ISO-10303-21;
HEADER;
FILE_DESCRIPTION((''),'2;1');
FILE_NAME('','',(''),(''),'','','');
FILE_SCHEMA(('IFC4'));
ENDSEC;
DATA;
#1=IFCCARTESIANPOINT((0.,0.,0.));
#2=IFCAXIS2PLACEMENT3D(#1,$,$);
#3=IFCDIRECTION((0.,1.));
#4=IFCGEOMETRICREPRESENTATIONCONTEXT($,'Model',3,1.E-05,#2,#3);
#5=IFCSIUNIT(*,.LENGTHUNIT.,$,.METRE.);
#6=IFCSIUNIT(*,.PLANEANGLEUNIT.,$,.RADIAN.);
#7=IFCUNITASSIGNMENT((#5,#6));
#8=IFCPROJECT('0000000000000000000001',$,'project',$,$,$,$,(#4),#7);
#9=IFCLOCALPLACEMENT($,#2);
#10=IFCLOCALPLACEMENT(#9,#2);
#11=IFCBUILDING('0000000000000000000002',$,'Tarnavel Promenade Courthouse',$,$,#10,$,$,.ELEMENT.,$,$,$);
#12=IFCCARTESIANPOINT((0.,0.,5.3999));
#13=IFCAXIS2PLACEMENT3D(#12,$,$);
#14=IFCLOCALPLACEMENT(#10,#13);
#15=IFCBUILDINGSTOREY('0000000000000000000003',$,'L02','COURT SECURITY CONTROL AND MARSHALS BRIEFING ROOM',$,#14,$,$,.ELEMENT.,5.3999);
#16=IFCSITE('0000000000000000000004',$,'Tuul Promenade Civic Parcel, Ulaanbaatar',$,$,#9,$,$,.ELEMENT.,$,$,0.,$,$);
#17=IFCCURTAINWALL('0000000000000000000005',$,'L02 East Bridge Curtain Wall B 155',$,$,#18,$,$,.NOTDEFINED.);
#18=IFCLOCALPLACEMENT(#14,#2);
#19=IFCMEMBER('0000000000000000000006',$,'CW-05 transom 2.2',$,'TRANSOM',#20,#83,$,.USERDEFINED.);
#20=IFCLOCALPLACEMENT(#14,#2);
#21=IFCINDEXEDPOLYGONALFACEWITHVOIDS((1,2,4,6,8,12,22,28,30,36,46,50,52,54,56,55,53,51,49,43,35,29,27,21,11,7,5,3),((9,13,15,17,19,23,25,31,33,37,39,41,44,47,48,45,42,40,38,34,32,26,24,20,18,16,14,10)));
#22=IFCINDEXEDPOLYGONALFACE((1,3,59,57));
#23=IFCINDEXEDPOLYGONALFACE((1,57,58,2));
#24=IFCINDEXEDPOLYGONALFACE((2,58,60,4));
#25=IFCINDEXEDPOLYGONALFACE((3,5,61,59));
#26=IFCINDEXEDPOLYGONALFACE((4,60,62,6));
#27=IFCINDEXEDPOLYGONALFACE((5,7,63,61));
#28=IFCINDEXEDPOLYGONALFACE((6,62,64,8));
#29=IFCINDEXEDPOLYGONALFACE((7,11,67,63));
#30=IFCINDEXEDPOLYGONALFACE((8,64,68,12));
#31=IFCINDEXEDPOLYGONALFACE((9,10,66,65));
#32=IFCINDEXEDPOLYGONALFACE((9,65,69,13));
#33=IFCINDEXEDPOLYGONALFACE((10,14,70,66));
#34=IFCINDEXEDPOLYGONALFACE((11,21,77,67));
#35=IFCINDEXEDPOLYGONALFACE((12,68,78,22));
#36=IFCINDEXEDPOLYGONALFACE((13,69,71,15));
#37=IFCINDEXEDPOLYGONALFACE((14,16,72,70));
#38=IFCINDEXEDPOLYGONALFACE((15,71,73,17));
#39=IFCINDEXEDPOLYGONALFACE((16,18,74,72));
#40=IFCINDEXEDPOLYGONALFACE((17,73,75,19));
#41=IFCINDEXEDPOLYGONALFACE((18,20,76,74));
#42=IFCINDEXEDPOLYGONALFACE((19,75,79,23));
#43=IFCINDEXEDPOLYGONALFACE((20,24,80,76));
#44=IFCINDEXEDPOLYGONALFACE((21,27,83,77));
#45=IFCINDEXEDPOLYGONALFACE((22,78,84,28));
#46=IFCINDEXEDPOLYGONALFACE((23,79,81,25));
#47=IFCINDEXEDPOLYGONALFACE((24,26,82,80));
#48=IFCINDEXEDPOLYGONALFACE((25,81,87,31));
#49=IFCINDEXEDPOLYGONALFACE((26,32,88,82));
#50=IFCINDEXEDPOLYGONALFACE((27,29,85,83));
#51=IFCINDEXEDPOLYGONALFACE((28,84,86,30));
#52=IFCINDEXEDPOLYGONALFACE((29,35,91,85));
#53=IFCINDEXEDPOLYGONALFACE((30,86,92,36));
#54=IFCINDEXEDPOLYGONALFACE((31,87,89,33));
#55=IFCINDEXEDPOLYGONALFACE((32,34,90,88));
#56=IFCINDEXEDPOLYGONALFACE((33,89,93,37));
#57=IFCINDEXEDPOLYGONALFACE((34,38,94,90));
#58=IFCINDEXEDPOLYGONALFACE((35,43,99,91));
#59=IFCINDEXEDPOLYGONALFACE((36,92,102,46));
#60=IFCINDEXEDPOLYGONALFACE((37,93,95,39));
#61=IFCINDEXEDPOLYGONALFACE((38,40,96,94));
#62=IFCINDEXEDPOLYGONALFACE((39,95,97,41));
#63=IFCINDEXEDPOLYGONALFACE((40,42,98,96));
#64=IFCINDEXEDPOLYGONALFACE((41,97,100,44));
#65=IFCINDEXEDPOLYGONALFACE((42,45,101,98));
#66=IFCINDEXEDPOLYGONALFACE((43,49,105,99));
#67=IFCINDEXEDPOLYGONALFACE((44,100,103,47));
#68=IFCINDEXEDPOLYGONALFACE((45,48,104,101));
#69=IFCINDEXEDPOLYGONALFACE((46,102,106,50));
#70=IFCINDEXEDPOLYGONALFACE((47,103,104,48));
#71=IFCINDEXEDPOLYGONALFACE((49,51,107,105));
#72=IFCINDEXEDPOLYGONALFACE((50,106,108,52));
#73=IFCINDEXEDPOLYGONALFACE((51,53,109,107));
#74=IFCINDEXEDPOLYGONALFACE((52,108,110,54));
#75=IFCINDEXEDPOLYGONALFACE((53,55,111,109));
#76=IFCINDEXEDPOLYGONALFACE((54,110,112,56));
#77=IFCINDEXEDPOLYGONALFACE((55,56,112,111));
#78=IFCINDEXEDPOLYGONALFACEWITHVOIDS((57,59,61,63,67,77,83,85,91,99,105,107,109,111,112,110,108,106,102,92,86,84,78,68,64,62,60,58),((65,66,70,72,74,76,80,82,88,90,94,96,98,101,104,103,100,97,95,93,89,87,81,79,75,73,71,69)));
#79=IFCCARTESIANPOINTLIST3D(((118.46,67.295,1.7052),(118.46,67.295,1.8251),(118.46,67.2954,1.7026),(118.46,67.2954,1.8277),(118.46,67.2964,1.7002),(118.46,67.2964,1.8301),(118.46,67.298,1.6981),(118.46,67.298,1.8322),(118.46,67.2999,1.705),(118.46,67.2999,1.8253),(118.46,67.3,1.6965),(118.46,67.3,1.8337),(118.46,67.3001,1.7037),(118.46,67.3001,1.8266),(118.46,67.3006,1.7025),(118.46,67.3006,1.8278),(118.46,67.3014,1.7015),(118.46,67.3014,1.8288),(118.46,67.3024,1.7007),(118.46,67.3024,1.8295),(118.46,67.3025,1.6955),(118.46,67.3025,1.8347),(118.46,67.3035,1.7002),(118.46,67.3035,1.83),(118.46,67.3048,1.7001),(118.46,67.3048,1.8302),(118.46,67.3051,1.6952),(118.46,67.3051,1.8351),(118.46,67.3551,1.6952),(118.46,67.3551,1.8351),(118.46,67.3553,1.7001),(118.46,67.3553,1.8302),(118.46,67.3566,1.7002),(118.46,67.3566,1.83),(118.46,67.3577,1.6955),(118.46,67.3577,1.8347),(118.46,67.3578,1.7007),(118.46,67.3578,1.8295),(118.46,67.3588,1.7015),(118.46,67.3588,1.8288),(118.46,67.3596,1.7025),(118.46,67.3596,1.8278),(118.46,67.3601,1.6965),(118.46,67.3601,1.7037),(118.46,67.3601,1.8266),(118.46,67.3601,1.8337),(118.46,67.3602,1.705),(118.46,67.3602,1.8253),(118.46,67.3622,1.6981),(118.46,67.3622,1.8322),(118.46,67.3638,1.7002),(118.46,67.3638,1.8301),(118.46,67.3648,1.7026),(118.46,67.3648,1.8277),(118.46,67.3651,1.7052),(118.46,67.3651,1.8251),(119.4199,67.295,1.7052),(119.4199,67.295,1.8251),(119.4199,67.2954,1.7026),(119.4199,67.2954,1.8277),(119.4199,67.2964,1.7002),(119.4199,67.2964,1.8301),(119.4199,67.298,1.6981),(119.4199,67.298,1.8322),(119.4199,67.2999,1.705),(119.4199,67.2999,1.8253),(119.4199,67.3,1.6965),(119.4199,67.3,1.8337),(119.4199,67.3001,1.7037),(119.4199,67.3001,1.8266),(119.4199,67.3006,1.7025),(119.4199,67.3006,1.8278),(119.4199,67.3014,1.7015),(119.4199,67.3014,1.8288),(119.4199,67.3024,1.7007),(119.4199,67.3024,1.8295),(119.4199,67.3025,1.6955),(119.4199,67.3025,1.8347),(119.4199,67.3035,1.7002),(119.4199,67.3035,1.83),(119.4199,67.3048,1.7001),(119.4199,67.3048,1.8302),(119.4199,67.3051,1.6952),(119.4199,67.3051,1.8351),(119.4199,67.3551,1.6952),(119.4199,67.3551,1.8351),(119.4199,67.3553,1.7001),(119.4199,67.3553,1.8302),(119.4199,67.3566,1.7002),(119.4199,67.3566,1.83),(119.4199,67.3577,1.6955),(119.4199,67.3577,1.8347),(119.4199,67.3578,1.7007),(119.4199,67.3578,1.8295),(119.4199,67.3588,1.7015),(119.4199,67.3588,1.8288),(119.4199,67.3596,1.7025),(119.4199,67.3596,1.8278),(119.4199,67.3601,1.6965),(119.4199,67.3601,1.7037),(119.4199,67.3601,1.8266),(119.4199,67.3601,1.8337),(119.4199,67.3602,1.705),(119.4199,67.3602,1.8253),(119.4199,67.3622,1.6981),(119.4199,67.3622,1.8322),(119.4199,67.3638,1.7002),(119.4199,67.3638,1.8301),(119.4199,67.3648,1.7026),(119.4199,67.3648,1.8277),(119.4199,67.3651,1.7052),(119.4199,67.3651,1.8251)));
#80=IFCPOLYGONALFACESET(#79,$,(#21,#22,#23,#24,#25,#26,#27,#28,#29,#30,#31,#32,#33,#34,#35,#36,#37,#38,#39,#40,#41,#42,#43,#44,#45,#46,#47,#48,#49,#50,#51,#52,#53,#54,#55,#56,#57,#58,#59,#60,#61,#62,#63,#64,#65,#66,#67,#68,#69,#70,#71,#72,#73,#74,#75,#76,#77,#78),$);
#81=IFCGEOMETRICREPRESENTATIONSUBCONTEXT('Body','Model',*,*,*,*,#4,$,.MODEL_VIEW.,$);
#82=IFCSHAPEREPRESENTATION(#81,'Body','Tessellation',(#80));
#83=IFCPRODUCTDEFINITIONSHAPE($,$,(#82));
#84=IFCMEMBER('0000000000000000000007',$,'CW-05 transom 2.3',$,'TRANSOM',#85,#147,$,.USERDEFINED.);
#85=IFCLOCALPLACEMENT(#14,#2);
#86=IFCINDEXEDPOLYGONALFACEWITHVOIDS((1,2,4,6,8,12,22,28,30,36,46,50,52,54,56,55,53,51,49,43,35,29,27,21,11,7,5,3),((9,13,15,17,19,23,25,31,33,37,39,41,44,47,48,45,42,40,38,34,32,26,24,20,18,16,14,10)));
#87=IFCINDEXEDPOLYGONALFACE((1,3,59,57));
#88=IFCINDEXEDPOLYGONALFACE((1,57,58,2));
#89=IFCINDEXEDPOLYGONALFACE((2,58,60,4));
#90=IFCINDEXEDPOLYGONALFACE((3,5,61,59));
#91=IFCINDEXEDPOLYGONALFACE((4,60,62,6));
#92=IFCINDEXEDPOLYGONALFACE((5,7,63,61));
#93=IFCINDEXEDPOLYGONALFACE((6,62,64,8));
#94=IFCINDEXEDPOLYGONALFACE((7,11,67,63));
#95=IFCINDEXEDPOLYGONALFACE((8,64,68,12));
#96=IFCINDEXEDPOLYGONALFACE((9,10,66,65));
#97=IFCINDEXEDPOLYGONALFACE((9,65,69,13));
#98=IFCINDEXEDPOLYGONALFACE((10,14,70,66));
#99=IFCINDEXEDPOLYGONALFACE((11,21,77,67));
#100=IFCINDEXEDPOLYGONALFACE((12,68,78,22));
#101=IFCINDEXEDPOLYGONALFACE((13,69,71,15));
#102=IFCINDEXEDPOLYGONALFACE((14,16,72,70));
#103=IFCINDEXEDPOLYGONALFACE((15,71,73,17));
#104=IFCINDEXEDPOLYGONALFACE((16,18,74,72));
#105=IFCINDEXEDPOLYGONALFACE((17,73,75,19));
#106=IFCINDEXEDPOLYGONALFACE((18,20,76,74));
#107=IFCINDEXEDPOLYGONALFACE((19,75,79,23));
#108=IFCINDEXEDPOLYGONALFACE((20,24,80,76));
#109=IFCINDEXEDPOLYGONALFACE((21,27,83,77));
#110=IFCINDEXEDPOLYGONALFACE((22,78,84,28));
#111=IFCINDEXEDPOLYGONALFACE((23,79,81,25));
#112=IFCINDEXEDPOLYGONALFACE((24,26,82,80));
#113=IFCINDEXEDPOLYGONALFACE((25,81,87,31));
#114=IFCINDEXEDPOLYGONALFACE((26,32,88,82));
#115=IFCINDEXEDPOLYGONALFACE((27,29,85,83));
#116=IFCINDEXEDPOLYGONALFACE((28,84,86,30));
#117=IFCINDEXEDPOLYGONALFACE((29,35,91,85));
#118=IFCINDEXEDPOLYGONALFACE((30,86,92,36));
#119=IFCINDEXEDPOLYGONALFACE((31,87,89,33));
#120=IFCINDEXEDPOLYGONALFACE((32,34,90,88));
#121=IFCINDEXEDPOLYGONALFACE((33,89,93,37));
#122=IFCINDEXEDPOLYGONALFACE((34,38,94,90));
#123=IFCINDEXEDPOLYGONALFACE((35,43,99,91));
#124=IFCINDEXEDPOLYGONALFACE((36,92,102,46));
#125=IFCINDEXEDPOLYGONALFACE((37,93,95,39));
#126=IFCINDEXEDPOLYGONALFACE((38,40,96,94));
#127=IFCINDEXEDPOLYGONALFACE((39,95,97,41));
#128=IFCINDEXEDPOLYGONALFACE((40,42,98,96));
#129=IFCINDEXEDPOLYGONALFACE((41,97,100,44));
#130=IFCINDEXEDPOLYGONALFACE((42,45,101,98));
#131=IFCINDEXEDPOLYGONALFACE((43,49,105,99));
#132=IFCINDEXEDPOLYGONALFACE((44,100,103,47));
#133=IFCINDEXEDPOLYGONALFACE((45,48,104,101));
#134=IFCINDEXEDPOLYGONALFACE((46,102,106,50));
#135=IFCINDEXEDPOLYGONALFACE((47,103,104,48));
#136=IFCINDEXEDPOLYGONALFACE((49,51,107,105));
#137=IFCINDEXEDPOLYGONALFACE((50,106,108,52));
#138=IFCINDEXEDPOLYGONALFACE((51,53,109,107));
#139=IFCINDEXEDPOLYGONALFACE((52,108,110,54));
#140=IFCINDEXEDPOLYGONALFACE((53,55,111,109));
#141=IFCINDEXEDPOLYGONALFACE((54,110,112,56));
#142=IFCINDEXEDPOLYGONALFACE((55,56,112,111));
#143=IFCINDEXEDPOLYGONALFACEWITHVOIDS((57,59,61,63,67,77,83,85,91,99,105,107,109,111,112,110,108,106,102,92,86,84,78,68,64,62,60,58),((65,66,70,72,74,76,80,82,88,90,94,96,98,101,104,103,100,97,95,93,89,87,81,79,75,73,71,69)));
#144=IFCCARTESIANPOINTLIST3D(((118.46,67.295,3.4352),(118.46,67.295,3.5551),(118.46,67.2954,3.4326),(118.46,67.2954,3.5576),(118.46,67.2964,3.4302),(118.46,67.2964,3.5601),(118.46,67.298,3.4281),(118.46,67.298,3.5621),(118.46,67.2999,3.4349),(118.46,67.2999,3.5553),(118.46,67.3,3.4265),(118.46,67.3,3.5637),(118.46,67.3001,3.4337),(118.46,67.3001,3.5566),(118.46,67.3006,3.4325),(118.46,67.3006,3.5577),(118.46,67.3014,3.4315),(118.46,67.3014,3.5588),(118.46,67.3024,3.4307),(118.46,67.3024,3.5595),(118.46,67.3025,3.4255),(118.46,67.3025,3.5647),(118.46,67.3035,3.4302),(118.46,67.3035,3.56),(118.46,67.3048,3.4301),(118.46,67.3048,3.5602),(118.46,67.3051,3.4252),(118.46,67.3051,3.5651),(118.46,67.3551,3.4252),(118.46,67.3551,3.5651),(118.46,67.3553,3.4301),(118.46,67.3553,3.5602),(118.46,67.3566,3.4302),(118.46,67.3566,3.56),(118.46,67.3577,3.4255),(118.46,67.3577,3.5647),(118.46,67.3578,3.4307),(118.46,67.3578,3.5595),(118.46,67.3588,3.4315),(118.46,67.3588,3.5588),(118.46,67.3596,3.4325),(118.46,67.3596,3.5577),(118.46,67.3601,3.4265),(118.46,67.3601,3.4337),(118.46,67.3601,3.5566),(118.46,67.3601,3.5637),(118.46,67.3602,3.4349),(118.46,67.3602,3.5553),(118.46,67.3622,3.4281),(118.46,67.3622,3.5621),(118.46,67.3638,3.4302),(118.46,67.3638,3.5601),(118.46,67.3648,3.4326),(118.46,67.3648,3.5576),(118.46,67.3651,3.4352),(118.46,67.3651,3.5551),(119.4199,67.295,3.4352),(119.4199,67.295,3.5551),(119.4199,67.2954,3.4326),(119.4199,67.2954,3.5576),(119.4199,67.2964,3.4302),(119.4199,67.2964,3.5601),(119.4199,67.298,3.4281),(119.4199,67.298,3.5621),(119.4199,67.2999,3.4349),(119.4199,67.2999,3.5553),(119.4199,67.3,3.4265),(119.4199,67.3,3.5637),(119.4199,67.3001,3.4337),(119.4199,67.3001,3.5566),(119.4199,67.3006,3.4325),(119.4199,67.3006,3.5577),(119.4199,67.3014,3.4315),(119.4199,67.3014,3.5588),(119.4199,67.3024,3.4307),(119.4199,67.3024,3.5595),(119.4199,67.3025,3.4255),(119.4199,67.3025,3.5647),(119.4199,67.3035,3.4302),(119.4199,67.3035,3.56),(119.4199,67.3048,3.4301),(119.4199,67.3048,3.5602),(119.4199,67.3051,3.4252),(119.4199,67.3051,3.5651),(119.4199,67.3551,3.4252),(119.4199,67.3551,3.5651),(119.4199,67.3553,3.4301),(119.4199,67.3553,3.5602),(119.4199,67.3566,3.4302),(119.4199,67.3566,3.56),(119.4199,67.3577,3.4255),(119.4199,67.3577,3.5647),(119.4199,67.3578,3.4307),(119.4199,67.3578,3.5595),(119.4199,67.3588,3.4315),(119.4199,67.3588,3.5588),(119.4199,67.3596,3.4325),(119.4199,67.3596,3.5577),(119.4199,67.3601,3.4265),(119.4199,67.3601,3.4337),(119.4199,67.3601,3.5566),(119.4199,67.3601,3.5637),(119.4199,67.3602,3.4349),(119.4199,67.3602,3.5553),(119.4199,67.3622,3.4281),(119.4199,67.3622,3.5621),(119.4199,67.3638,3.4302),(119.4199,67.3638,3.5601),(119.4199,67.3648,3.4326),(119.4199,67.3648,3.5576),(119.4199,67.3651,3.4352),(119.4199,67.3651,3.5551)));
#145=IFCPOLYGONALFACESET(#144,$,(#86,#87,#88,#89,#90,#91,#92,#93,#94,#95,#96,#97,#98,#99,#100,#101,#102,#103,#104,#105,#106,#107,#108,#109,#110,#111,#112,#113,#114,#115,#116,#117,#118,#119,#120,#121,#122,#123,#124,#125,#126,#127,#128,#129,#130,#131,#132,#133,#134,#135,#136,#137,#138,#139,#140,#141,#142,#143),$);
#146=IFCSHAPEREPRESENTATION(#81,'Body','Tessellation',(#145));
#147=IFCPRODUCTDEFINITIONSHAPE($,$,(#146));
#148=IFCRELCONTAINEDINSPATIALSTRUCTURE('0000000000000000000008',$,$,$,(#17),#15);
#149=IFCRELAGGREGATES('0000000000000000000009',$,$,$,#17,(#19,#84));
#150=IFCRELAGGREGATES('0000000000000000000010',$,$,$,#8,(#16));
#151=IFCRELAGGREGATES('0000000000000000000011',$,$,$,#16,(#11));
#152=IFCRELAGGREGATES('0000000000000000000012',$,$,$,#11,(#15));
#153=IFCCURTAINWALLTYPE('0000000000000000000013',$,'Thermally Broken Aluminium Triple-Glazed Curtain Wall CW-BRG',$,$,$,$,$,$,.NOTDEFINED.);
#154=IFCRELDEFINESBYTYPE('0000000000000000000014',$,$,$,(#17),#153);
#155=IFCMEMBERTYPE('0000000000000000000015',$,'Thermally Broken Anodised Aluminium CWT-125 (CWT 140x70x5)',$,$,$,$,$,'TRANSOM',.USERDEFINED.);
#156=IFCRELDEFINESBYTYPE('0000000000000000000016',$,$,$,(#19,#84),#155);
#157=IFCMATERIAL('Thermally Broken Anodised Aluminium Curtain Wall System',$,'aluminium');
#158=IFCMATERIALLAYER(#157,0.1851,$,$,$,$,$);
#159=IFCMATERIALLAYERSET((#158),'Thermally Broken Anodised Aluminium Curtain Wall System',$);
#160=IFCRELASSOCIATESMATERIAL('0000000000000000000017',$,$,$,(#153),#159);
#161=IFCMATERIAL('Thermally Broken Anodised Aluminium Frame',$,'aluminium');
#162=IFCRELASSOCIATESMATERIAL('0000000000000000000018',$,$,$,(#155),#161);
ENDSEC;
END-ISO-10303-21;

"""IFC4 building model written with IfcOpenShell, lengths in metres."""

from ifc_helpers import new_model, si_unit, direction, frame, origin, origin_2d, place, context, subcontext, project, spatial, hollow_rectangle, extrude, material, layer, layer_set, material_profile, profile_set, type_object, element, aggregate, save


model = new_model("IFC4")

# Units and contexts
model_context = context("Model", 3, precision=1e-05, world=origin(), true_north=direction((0.0, 1.0)))
body_context = subcontext(model_context, "Body", "Model", "MODEL_VIEW")
ifc_project = project(units=[si_unit("LENGTHUNIT", "METRE"), si_unit("PLANEANGLEUNIT", "RADIAN")], contexts=[model_context])

# Site, building, storey
site_placement = place(None, origin())
site = spatial("IfcSite", under=ifc_project, at=site_placement, Name="Tuul Promenade Civic Parcel, Ulaanbaatar", CompositionType="ELEMENT", RefElevation=0.0)
building_placement = place(site_placement, origin())
building = spatial("IfcBuilding", under=site, at=building_placement, Name="Tarnavel Promenade Courthouse", CompositionType="ELEMENT")
storey_placement = place(building_placement, frame((0.0, 0.0, 5.3999)))
storey = spatial("IfcBuildingStorey", under=building, at=storey_placement, Name="L02", Description="COURT SECURITY CONTROL AND MARSHALS BRIEFING ROOM", CompositionType="ELEMENT", Elevation=5.3999)

# Curtain wall
ifc_material_1 = material(Name="Thermally Broken Anodised Aluminium Curtain Wall System", Category="aluminium")
ifc_layer_1 = layer(ifc_material_1, 0.1851)
ifc_layer_set_1 = layer_set([ifc_layer_1], Name="Thermally Broken Anodised Aluminium Curtain Wall System")
curtain_wall_type = type_object("IfcCurtainWallType", Name="Thermally Broken Aluminium Triple-Glazed Curtain Wall CW-BRG", PredefinedType="NOTDEFINED", material=ifc_layer_set_1)
ifc_material_2 = material(Name="Thermally Broken Anodised Aluminium Frame", Category="aluminium")
curtain_wall_1_placement = place(storey_placement, origin())
curtain_wall_1 = element("IfcCurtainWall", 1, at=curtain_wall_1_placement, inside=storey, type_object=curtain_wall_type, Name="L02 East Bridge Curtain Wall B 155", PredefinedType="NOTDEFINED")

# Members
ifc_material_profile_1 = material_profile(ifc_material_2, hollow_rectangle(XDim=0.0701, YDim=0.1399, WallThickness=0.0049, InnerFilletRadius=0.0049, OuterFilletRadius=0.01, at=origin_2d()), Name="CWT 140x70x5")
ifc_profile_set_1 = profile_set([ifc_material_profile_1], Name="Thermally Broken Anodised Aluminium Frame")
member_type_1 = type_object("IfcMemberType", Name="Thermally Broken Anodised Aluminium CWT-125 (CWT 140x70x5)", ElementType="TRANSOM", PredefinedType="USERDEFINED", material=ifc_profile_set_1)
member_1_placement = place(storey_placement, frame((118.46, 67.3301, 1.7651), z_axis=(1.0, 0.0, 0.0), x_axis=(0.0, 1.0, 0.0)))
member_1 = element("IfcMember", 2, at=member_1_placement, type_object=member_type_1, Name="CW-05 transom 2.2", ObjectType="TRANSOM", PredefinedType="USERDEFINED", context=body_context, shape_type="SweptSolid", body=[
    extrude(hollow_rectangle(XDim=0.0701, YDim=0.1399, WallThickness=0.0049, InnerFilletRadius=0.0049, OuterFilletRadius=0.01, at=origin_2d()), origin(), (0.0, 0.0, 1.0), 0.96),
])
member_2_placement = place(storey_placement, frame((118.46, 67.3301, 3.4951), z_axis=(1.0, 0.0, 0.0), x_axis=(0.0, 1.0, 0.0)))
member_2 = element("IfcMember", 3, at=member_2_placement, type_object=member_type_1, Name="CW-05 transom 2.3", ObjectType="TRANSOM", PredefinedType="USERDEFINED", context=body_context, shape_type="SweptSolid", body=[
    extrude(hollow_rectangle(XDim=0.0701, YDim=0.1399, WallThickness=0.0049, InnerFilletRadius=0.0049, OuterFilletRadius=0.01, at=origin_2d()), origin(), (0.0, 0.0, 1.0), 0.96),
])

aggregate(curtain_wall_1, [member_1, member_2])

save(model, "model.ifc")
